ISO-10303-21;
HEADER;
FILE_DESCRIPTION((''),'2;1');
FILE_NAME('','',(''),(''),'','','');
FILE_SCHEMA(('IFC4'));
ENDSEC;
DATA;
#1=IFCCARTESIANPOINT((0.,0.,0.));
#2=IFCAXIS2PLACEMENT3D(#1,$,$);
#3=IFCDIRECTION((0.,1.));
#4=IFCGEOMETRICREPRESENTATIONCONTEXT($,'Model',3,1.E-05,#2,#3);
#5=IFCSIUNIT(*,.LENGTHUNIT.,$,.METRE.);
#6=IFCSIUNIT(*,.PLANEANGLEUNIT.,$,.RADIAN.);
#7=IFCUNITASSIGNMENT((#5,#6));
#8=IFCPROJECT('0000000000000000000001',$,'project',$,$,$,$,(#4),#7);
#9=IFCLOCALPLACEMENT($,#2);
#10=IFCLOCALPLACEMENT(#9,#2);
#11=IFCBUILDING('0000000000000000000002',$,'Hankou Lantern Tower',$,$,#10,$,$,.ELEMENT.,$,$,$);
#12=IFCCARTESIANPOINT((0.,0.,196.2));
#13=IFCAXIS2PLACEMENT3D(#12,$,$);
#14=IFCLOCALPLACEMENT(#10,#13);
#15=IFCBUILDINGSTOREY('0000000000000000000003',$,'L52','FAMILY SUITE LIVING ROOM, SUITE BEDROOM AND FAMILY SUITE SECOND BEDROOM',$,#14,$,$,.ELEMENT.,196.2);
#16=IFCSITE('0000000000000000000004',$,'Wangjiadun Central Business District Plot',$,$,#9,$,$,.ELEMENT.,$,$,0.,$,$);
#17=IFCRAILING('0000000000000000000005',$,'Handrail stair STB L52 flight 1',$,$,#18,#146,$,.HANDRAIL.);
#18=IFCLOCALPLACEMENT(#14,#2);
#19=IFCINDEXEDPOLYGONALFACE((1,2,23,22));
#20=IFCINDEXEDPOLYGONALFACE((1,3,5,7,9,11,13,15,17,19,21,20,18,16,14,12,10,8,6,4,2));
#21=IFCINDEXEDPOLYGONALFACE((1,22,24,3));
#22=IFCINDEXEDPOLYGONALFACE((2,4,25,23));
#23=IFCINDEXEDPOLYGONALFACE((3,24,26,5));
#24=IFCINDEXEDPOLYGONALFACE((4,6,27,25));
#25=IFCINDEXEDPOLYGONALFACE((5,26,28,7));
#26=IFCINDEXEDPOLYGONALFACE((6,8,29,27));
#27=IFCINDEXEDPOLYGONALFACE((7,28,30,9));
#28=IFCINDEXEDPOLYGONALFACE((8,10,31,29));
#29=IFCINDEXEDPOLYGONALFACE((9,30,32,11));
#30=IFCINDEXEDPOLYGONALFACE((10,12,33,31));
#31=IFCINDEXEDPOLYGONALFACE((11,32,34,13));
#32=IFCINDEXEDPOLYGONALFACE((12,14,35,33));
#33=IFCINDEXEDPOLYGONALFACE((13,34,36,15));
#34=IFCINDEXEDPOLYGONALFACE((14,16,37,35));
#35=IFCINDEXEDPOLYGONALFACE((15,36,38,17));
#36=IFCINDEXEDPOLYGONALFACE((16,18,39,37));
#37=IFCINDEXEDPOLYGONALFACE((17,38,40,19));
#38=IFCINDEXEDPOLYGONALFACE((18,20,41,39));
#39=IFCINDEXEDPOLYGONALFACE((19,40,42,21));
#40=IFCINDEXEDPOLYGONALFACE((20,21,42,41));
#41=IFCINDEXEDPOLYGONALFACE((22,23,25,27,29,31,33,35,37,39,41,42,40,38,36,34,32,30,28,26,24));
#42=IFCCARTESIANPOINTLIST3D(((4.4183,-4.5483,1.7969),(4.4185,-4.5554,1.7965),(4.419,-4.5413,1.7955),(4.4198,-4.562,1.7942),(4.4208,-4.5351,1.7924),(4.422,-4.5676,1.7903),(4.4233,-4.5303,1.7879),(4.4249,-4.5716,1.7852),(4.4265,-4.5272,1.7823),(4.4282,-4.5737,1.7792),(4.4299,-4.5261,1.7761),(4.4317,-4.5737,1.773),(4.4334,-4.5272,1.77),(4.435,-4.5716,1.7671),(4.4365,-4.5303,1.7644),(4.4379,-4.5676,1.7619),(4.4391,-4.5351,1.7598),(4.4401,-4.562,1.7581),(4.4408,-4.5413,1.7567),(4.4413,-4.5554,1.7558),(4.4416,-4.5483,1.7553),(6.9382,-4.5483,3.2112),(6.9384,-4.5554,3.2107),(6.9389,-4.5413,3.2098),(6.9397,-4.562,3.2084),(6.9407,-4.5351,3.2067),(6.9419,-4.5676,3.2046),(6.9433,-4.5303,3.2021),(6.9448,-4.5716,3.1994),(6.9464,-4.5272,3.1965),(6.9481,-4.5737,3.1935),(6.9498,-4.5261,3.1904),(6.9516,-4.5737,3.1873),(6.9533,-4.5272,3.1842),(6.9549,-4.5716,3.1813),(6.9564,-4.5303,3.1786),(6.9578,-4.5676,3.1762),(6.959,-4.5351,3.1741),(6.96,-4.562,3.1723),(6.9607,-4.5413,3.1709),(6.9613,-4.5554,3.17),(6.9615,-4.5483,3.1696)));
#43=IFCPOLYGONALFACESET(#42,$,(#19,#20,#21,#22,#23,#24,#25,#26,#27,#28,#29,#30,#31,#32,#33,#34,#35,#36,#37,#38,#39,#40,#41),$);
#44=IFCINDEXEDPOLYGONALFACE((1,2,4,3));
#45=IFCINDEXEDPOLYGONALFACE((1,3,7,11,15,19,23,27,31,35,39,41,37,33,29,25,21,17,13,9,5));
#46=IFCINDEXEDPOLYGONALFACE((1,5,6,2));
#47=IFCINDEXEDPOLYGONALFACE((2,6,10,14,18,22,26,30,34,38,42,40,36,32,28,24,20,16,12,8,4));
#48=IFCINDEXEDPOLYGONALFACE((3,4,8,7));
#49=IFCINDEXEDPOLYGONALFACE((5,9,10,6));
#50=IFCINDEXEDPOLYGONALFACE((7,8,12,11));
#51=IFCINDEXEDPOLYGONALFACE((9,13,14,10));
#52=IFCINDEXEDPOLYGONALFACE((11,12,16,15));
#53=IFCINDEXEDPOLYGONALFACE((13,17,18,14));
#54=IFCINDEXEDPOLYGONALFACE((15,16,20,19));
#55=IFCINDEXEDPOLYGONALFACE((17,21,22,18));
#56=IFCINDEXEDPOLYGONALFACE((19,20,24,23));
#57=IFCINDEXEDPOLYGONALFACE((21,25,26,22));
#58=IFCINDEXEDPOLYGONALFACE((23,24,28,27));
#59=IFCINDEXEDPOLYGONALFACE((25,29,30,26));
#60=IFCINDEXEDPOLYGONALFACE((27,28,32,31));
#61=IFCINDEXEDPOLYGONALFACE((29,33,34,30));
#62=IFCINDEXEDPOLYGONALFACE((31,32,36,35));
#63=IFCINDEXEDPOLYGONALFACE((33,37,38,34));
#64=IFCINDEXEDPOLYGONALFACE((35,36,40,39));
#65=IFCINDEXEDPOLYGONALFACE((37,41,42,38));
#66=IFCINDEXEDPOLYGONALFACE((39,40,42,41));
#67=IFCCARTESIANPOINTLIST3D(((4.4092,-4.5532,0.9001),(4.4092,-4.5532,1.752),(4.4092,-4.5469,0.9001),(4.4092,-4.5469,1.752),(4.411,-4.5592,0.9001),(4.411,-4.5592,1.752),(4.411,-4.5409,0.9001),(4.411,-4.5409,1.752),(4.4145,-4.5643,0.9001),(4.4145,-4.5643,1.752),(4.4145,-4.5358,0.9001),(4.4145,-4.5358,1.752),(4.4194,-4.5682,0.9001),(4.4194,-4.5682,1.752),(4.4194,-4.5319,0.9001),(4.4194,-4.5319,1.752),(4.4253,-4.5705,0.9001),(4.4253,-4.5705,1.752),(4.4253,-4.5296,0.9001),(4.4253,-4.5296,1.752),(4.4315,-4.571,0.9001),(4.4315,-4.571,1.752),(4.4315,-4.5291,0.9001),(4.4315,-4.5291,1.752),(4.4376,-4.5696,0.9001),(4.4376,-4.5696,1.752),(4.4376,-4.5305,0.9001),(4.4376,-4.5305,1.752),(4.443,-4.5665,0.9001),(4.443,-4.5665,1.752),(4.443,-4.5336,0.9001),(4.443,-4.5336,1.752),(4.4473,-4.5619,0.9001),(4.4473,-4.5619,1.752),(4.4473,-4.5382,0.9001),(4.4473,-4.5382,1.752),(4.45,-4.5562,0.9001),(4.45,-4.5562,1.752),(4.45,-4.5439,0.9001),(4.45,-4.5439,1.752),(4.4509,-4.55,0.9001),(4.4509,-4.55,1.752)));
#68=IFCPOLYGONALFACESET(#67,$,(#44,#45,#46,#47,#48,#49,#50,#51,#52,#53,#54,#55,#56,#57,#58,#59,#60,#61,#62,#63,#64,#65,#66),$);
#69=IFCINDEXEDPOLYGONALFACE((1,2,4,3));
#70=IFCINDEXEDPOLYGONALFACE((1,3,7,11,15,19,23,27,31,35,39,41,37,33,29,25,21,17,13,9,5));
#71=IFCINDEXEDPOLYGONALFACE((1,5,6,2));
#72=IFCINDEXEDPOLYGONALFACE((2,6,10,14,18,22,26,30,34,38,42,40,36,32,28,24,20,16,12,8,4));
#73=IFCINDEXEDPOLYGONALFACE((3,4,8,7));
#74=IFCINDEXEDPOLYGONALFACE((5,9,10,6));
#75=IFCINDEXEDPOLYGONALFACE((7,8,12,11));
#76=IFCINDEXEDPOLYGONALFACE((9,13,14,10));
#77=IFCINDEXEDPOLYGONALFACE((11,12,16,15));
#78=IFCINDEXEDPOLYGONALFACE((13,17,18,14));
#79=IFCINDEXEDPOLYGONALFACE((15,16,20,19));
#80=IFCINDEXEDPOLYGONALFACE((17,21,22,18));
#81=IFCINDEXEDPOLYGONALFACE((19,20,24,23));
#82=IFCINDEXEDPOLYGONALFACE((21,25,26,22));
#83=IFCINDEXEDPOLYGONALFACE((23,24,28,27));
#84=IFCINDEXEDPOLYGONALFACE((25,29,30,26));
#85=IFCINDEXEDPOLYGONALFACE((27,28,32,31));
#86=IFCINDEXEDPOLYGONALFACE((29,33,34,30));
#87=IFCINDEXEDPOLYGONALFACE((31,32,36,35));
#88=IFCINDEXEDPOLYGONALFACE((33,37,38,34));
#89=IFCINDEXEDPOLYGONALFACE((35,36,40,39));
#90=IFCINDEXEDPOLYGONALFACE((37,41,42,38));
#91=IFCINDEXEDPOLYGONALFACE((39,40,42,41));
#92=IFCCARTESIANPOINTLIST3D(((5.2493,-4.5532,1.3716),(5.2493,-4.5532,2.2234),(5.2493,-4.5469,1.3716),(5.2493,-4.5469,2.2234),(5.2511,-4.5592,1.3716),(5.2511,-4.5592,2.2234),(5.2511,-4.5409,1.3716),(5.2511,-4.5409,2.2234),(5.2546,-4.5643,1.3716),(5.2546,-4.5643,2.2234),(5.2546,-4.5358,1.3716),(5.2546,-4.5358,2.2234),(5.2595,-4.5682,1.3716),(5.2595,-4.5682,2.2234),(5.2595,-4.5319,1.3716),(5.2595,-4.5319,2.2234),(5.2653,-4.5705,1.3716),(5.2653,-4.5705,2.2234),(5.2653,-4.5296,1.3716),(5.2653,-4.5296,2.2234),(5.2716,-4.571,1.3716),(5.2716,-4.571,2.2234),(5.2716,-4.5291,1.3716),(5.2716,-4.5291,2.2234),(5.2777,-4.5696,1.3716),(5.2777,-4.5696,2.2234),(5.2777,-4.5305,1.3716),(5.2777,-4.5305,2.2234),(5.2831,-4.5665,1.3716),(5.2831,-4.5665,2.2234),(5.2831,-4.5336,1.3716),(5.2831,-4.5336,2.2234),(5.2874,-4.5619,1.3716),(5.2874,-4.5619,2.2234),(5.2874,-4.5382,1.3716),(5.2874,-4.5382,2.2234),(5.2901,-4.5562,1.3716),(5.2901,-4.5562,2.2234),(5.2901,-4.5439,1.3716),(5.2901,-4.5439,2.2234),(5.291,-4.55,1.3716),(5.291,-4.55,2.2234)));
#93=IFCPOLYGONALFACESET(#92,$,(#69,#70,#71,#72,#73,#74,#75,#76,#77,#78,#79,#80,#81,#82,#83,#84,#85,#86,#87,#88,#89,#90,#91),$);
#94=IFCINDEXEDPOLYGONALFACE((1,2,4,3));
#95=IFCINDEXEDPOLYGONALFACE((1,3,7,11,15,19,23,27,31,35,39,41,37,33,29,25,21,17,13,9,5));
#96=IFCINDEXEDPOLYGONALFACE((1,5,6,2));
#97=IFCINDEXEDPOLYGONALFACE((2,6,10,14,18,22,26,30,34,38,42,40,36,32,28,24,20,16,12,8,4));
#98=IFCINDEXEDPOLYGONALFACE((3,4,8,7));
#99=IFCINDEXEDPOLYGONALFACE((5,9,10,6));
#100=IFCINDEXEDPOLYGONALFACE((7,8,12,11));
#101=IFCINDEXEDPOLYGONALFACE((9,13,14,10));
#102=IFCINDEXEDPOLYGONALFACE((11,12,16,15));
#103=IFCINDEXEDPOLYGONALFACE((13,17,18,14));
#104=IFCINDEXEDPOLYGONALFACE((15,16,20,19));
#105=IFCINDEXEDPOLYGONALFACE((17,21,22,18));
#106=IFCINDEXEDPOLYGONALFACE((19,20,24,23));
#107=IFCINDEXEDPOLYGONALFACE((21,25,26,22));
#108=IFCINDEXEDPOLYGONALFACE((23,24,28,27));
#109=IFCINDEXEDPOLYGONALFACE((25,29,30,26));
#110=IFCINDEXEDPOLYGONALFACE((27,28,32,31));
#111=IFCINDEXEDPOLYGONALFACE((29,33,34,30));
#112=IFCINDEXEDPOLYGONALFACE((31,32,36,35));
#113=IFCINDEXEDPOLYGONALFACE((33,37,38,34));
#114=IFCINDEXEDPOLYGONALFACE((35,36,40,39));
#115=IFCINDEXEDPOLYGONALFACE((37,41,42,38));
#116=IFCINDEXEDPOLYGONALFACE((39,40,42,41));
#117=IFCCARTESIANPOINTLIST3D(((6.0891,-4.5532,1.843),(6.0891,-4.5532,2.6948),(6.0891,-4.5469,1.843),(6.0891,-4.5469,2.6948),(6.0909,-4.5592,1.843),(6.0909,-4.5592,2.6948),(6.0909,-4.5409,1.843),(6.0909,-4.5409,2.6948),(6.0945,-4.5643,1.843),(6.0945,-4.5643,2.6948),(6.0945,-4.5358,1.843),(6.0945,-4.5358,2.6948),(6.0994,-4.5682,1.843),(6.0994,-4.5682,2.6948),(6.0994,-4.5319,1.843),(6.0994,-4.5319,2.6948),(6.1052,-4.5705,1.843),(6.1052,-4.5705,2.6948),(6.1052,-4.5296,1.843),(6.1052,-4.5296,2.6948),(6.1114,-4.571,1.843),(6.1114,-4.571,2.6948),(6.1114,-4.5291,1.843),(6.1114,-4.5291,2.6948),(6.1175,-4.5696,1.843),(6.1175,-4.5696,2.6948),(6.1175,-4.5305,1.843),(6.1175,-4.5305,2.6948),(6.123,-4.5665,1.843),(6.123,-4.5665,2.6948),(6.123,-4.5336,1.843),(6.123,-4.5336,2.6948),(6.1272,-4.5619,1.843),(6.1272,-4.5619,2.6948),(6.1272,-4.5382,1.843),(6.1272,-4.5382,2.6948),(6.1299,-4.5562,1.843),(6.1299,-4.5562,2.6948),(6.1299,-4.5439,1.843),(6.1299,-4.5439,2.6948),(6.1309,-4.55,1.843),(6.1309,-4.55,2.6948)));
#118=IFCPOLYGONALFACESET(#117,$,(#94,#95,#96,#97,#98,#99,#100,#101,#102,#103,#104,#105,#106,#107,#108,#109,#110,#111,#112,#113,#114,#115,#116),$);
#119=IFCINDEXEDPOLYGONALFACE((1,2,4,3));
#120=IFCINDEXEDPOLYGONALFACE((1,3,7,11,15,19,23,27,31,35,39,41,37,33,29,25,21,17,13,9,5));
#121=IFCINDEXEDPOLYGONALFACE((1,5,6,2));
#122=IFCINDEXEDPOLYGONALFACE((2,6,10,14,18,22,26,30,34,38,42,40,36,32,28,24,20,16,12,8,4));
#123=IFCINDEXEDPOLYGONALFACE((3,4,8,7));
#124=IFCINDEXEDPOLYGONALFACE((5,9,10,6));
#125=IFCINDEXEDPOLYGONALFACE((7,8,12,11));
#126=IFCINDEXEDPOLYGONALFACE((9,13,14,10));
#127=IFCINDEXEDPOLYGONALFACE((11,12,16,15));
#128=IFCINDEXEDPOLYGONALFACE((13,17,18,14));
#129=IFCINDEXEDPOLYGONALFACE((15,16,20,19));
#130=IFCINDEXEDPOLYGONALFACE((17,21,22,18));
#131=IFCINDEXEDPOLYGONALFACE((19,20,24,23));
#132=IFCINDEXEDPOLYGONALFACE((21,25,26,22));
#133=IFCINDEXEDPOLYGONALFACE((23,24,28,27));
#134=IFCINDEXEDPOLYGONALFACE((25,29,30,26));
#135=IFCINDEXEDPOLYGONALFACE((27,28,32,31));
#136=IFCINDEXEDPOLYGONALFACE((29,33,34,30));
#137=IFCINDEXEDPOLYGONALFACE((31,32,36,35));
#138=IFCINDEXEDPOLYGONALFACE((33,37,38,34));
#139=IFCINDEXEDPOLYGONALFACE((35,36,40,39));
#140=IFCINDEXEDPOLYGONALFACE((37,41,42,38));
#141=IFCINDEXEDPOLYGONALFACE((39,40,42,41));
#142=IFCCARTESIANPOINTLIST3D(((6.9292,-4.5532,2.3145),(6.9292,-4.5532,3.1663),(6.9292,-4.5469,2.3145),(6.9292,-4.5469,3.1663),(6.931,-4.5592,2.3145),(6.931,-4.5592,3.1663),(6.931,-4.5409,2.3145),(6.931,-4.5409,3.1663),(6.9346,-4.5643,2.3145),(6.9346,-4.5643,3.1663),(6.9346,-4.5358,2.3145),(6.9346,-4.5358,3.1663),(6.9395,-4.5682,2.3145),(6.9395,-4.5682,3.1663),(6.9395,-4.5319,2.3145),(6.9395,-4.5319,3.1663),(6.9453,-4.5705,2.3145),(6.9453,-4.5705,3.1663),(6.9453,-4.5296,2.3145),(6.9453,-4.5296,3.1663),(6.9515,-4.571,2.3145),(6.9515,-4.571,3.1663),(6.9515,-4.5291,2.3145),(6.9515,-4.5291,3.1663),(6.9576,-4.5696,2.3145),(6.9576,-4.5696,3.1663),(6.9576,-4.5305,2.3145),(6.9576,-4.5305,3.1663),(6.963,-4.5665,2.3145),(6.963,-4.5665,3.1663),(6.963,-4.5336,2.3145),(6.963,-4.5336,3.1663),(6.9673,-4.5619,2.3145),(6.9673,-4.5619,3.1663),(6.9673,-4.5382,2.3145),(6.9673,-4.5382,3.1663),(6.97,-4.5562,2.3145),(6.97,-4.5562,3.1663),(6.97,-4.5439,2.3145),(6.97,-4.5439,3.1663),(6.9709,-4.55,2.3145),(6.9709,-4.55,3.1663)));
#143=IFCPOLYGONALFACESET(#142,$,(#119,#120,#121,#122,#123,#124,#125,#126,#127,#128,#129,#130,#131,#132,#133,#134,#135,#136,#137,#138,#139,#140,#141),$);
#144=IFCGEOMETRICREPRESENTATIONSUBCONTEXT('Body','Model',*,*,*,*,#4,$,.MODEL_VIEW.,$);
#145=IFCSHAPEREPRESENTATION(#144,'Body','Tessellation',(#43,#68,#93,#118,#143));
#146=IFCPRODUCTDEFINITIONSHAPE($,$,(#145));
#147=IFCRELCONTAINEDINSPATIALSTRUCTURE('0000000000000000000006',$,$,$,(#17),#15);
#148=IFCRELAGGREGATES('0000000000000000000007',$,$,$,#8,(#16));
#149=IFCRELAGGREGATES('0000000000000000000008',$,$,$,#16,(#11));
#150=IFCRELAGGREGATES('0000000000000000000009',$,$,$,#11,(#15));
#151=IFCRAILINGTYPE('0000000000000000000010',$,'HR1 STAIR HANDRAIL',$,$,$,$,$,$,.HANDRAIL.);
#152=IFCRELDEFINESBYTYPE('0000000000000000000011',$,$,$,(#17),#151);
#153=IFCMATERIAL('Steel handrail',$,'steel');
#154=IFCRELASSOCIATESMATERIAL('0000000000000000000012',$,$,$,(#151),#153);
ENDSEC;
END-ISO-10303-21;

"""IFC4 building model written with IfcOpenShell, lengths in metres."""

from ifc_helpers import new_model, si_unit, direction, frame, origin, origin_2d, place, context, subcontext, project, spatial, circle, extrude, material, type_object, element, save


model = new_model("IFC4")

# Units and contexts
model_context = context("Model", 3, precision=1e-05, world=origin(), true_north=direction((0.0, 1.0)))
body_context = subcontext(model_context, "Body", "Model", "MODEL_VIEW")
ifc_project = project(units=[si_unit("LENGTHUNIT", "METRE"), si_unit("PLANEANGLEUNIT", "RADIAN")], contexts=[model_context])

# Site, building, storey
site_placement = place(None, origin())
site = spatial("IfcSite", under=ifc_project, at=site_placement, Name="Wangjiadun Central Business District Plot", CompositionType="ELEMENT", RefElevation=0.0)
building_placement = place(site_placement, origin())
building = spatial("IfcBuilding", under=site, at=building_placement, Name="Hankou Lantern Tower", CompositionType="ELEMENT")
storey_placement = place(building_placement, frame((0.0, 0.0, 196.2)))
storey = spatial("IfcBuildingStorey", under=building, at=storey_placement, Name="L52", Description="FAMILY SUITE LIVING ROOM, SUITE BEDROOM AND FAMILY SUITE SECOND BEDROOM", CompositionType="ELEMENT", Elevation=196.2)

# Railing
ifc_material_1 = material(Name="Steel handrail", Category="steel")
railing_type = type_object("IfcRailingType", Name="HR1 STAIR HANDRAIL", PredefinedType="HANDRAIL", material=ifc_material_1)
railing_1_placement = place(storey_placement, frame((4.4299, -4.55, 0.9001)))
element("IfcRailing", 1, at=railing_1_placement, inside=storey, type_object=railing_type, Name="Handrail stair STB L52 flight 1", PredefinedType="HANDRAIL", context=body_context, shape_type="SweptSolid", body=[
    extrude(circle(Radius=0.0239, at=origin_2d()), frame((0.0, 0.0, 0.876), z_axis=(0.872049, 0.0, 0.489419), x_axis=(0.0, 1.0, 0.0)), (0.0, 0.0, 1.0), 2.8896),
    extrude(circle(Radius=0.021, at=origin_2d()), origin(), (0.0, 0.0, 1.0), 0.8518),
    extrude(circle(Radius=0.021, at=origin_2d()), frame((0.8401, 0.0, 0.4714)), (0.0, 0.0, 1.0), 0.8518),
    extrude(circle(Radius=0.021, at=origin_2d()), frame((1.6799, 0.0, 0.9429)), (0.0, 0.0, 1.0), 0.8518),
    extrude(circle(Radius=0.021, at=origin_2d()), frame((2.52, 0.0, 1.4143)), (0.0, 0.0, 1.0), 0.8518),
])

save(model, "model.ifc")
